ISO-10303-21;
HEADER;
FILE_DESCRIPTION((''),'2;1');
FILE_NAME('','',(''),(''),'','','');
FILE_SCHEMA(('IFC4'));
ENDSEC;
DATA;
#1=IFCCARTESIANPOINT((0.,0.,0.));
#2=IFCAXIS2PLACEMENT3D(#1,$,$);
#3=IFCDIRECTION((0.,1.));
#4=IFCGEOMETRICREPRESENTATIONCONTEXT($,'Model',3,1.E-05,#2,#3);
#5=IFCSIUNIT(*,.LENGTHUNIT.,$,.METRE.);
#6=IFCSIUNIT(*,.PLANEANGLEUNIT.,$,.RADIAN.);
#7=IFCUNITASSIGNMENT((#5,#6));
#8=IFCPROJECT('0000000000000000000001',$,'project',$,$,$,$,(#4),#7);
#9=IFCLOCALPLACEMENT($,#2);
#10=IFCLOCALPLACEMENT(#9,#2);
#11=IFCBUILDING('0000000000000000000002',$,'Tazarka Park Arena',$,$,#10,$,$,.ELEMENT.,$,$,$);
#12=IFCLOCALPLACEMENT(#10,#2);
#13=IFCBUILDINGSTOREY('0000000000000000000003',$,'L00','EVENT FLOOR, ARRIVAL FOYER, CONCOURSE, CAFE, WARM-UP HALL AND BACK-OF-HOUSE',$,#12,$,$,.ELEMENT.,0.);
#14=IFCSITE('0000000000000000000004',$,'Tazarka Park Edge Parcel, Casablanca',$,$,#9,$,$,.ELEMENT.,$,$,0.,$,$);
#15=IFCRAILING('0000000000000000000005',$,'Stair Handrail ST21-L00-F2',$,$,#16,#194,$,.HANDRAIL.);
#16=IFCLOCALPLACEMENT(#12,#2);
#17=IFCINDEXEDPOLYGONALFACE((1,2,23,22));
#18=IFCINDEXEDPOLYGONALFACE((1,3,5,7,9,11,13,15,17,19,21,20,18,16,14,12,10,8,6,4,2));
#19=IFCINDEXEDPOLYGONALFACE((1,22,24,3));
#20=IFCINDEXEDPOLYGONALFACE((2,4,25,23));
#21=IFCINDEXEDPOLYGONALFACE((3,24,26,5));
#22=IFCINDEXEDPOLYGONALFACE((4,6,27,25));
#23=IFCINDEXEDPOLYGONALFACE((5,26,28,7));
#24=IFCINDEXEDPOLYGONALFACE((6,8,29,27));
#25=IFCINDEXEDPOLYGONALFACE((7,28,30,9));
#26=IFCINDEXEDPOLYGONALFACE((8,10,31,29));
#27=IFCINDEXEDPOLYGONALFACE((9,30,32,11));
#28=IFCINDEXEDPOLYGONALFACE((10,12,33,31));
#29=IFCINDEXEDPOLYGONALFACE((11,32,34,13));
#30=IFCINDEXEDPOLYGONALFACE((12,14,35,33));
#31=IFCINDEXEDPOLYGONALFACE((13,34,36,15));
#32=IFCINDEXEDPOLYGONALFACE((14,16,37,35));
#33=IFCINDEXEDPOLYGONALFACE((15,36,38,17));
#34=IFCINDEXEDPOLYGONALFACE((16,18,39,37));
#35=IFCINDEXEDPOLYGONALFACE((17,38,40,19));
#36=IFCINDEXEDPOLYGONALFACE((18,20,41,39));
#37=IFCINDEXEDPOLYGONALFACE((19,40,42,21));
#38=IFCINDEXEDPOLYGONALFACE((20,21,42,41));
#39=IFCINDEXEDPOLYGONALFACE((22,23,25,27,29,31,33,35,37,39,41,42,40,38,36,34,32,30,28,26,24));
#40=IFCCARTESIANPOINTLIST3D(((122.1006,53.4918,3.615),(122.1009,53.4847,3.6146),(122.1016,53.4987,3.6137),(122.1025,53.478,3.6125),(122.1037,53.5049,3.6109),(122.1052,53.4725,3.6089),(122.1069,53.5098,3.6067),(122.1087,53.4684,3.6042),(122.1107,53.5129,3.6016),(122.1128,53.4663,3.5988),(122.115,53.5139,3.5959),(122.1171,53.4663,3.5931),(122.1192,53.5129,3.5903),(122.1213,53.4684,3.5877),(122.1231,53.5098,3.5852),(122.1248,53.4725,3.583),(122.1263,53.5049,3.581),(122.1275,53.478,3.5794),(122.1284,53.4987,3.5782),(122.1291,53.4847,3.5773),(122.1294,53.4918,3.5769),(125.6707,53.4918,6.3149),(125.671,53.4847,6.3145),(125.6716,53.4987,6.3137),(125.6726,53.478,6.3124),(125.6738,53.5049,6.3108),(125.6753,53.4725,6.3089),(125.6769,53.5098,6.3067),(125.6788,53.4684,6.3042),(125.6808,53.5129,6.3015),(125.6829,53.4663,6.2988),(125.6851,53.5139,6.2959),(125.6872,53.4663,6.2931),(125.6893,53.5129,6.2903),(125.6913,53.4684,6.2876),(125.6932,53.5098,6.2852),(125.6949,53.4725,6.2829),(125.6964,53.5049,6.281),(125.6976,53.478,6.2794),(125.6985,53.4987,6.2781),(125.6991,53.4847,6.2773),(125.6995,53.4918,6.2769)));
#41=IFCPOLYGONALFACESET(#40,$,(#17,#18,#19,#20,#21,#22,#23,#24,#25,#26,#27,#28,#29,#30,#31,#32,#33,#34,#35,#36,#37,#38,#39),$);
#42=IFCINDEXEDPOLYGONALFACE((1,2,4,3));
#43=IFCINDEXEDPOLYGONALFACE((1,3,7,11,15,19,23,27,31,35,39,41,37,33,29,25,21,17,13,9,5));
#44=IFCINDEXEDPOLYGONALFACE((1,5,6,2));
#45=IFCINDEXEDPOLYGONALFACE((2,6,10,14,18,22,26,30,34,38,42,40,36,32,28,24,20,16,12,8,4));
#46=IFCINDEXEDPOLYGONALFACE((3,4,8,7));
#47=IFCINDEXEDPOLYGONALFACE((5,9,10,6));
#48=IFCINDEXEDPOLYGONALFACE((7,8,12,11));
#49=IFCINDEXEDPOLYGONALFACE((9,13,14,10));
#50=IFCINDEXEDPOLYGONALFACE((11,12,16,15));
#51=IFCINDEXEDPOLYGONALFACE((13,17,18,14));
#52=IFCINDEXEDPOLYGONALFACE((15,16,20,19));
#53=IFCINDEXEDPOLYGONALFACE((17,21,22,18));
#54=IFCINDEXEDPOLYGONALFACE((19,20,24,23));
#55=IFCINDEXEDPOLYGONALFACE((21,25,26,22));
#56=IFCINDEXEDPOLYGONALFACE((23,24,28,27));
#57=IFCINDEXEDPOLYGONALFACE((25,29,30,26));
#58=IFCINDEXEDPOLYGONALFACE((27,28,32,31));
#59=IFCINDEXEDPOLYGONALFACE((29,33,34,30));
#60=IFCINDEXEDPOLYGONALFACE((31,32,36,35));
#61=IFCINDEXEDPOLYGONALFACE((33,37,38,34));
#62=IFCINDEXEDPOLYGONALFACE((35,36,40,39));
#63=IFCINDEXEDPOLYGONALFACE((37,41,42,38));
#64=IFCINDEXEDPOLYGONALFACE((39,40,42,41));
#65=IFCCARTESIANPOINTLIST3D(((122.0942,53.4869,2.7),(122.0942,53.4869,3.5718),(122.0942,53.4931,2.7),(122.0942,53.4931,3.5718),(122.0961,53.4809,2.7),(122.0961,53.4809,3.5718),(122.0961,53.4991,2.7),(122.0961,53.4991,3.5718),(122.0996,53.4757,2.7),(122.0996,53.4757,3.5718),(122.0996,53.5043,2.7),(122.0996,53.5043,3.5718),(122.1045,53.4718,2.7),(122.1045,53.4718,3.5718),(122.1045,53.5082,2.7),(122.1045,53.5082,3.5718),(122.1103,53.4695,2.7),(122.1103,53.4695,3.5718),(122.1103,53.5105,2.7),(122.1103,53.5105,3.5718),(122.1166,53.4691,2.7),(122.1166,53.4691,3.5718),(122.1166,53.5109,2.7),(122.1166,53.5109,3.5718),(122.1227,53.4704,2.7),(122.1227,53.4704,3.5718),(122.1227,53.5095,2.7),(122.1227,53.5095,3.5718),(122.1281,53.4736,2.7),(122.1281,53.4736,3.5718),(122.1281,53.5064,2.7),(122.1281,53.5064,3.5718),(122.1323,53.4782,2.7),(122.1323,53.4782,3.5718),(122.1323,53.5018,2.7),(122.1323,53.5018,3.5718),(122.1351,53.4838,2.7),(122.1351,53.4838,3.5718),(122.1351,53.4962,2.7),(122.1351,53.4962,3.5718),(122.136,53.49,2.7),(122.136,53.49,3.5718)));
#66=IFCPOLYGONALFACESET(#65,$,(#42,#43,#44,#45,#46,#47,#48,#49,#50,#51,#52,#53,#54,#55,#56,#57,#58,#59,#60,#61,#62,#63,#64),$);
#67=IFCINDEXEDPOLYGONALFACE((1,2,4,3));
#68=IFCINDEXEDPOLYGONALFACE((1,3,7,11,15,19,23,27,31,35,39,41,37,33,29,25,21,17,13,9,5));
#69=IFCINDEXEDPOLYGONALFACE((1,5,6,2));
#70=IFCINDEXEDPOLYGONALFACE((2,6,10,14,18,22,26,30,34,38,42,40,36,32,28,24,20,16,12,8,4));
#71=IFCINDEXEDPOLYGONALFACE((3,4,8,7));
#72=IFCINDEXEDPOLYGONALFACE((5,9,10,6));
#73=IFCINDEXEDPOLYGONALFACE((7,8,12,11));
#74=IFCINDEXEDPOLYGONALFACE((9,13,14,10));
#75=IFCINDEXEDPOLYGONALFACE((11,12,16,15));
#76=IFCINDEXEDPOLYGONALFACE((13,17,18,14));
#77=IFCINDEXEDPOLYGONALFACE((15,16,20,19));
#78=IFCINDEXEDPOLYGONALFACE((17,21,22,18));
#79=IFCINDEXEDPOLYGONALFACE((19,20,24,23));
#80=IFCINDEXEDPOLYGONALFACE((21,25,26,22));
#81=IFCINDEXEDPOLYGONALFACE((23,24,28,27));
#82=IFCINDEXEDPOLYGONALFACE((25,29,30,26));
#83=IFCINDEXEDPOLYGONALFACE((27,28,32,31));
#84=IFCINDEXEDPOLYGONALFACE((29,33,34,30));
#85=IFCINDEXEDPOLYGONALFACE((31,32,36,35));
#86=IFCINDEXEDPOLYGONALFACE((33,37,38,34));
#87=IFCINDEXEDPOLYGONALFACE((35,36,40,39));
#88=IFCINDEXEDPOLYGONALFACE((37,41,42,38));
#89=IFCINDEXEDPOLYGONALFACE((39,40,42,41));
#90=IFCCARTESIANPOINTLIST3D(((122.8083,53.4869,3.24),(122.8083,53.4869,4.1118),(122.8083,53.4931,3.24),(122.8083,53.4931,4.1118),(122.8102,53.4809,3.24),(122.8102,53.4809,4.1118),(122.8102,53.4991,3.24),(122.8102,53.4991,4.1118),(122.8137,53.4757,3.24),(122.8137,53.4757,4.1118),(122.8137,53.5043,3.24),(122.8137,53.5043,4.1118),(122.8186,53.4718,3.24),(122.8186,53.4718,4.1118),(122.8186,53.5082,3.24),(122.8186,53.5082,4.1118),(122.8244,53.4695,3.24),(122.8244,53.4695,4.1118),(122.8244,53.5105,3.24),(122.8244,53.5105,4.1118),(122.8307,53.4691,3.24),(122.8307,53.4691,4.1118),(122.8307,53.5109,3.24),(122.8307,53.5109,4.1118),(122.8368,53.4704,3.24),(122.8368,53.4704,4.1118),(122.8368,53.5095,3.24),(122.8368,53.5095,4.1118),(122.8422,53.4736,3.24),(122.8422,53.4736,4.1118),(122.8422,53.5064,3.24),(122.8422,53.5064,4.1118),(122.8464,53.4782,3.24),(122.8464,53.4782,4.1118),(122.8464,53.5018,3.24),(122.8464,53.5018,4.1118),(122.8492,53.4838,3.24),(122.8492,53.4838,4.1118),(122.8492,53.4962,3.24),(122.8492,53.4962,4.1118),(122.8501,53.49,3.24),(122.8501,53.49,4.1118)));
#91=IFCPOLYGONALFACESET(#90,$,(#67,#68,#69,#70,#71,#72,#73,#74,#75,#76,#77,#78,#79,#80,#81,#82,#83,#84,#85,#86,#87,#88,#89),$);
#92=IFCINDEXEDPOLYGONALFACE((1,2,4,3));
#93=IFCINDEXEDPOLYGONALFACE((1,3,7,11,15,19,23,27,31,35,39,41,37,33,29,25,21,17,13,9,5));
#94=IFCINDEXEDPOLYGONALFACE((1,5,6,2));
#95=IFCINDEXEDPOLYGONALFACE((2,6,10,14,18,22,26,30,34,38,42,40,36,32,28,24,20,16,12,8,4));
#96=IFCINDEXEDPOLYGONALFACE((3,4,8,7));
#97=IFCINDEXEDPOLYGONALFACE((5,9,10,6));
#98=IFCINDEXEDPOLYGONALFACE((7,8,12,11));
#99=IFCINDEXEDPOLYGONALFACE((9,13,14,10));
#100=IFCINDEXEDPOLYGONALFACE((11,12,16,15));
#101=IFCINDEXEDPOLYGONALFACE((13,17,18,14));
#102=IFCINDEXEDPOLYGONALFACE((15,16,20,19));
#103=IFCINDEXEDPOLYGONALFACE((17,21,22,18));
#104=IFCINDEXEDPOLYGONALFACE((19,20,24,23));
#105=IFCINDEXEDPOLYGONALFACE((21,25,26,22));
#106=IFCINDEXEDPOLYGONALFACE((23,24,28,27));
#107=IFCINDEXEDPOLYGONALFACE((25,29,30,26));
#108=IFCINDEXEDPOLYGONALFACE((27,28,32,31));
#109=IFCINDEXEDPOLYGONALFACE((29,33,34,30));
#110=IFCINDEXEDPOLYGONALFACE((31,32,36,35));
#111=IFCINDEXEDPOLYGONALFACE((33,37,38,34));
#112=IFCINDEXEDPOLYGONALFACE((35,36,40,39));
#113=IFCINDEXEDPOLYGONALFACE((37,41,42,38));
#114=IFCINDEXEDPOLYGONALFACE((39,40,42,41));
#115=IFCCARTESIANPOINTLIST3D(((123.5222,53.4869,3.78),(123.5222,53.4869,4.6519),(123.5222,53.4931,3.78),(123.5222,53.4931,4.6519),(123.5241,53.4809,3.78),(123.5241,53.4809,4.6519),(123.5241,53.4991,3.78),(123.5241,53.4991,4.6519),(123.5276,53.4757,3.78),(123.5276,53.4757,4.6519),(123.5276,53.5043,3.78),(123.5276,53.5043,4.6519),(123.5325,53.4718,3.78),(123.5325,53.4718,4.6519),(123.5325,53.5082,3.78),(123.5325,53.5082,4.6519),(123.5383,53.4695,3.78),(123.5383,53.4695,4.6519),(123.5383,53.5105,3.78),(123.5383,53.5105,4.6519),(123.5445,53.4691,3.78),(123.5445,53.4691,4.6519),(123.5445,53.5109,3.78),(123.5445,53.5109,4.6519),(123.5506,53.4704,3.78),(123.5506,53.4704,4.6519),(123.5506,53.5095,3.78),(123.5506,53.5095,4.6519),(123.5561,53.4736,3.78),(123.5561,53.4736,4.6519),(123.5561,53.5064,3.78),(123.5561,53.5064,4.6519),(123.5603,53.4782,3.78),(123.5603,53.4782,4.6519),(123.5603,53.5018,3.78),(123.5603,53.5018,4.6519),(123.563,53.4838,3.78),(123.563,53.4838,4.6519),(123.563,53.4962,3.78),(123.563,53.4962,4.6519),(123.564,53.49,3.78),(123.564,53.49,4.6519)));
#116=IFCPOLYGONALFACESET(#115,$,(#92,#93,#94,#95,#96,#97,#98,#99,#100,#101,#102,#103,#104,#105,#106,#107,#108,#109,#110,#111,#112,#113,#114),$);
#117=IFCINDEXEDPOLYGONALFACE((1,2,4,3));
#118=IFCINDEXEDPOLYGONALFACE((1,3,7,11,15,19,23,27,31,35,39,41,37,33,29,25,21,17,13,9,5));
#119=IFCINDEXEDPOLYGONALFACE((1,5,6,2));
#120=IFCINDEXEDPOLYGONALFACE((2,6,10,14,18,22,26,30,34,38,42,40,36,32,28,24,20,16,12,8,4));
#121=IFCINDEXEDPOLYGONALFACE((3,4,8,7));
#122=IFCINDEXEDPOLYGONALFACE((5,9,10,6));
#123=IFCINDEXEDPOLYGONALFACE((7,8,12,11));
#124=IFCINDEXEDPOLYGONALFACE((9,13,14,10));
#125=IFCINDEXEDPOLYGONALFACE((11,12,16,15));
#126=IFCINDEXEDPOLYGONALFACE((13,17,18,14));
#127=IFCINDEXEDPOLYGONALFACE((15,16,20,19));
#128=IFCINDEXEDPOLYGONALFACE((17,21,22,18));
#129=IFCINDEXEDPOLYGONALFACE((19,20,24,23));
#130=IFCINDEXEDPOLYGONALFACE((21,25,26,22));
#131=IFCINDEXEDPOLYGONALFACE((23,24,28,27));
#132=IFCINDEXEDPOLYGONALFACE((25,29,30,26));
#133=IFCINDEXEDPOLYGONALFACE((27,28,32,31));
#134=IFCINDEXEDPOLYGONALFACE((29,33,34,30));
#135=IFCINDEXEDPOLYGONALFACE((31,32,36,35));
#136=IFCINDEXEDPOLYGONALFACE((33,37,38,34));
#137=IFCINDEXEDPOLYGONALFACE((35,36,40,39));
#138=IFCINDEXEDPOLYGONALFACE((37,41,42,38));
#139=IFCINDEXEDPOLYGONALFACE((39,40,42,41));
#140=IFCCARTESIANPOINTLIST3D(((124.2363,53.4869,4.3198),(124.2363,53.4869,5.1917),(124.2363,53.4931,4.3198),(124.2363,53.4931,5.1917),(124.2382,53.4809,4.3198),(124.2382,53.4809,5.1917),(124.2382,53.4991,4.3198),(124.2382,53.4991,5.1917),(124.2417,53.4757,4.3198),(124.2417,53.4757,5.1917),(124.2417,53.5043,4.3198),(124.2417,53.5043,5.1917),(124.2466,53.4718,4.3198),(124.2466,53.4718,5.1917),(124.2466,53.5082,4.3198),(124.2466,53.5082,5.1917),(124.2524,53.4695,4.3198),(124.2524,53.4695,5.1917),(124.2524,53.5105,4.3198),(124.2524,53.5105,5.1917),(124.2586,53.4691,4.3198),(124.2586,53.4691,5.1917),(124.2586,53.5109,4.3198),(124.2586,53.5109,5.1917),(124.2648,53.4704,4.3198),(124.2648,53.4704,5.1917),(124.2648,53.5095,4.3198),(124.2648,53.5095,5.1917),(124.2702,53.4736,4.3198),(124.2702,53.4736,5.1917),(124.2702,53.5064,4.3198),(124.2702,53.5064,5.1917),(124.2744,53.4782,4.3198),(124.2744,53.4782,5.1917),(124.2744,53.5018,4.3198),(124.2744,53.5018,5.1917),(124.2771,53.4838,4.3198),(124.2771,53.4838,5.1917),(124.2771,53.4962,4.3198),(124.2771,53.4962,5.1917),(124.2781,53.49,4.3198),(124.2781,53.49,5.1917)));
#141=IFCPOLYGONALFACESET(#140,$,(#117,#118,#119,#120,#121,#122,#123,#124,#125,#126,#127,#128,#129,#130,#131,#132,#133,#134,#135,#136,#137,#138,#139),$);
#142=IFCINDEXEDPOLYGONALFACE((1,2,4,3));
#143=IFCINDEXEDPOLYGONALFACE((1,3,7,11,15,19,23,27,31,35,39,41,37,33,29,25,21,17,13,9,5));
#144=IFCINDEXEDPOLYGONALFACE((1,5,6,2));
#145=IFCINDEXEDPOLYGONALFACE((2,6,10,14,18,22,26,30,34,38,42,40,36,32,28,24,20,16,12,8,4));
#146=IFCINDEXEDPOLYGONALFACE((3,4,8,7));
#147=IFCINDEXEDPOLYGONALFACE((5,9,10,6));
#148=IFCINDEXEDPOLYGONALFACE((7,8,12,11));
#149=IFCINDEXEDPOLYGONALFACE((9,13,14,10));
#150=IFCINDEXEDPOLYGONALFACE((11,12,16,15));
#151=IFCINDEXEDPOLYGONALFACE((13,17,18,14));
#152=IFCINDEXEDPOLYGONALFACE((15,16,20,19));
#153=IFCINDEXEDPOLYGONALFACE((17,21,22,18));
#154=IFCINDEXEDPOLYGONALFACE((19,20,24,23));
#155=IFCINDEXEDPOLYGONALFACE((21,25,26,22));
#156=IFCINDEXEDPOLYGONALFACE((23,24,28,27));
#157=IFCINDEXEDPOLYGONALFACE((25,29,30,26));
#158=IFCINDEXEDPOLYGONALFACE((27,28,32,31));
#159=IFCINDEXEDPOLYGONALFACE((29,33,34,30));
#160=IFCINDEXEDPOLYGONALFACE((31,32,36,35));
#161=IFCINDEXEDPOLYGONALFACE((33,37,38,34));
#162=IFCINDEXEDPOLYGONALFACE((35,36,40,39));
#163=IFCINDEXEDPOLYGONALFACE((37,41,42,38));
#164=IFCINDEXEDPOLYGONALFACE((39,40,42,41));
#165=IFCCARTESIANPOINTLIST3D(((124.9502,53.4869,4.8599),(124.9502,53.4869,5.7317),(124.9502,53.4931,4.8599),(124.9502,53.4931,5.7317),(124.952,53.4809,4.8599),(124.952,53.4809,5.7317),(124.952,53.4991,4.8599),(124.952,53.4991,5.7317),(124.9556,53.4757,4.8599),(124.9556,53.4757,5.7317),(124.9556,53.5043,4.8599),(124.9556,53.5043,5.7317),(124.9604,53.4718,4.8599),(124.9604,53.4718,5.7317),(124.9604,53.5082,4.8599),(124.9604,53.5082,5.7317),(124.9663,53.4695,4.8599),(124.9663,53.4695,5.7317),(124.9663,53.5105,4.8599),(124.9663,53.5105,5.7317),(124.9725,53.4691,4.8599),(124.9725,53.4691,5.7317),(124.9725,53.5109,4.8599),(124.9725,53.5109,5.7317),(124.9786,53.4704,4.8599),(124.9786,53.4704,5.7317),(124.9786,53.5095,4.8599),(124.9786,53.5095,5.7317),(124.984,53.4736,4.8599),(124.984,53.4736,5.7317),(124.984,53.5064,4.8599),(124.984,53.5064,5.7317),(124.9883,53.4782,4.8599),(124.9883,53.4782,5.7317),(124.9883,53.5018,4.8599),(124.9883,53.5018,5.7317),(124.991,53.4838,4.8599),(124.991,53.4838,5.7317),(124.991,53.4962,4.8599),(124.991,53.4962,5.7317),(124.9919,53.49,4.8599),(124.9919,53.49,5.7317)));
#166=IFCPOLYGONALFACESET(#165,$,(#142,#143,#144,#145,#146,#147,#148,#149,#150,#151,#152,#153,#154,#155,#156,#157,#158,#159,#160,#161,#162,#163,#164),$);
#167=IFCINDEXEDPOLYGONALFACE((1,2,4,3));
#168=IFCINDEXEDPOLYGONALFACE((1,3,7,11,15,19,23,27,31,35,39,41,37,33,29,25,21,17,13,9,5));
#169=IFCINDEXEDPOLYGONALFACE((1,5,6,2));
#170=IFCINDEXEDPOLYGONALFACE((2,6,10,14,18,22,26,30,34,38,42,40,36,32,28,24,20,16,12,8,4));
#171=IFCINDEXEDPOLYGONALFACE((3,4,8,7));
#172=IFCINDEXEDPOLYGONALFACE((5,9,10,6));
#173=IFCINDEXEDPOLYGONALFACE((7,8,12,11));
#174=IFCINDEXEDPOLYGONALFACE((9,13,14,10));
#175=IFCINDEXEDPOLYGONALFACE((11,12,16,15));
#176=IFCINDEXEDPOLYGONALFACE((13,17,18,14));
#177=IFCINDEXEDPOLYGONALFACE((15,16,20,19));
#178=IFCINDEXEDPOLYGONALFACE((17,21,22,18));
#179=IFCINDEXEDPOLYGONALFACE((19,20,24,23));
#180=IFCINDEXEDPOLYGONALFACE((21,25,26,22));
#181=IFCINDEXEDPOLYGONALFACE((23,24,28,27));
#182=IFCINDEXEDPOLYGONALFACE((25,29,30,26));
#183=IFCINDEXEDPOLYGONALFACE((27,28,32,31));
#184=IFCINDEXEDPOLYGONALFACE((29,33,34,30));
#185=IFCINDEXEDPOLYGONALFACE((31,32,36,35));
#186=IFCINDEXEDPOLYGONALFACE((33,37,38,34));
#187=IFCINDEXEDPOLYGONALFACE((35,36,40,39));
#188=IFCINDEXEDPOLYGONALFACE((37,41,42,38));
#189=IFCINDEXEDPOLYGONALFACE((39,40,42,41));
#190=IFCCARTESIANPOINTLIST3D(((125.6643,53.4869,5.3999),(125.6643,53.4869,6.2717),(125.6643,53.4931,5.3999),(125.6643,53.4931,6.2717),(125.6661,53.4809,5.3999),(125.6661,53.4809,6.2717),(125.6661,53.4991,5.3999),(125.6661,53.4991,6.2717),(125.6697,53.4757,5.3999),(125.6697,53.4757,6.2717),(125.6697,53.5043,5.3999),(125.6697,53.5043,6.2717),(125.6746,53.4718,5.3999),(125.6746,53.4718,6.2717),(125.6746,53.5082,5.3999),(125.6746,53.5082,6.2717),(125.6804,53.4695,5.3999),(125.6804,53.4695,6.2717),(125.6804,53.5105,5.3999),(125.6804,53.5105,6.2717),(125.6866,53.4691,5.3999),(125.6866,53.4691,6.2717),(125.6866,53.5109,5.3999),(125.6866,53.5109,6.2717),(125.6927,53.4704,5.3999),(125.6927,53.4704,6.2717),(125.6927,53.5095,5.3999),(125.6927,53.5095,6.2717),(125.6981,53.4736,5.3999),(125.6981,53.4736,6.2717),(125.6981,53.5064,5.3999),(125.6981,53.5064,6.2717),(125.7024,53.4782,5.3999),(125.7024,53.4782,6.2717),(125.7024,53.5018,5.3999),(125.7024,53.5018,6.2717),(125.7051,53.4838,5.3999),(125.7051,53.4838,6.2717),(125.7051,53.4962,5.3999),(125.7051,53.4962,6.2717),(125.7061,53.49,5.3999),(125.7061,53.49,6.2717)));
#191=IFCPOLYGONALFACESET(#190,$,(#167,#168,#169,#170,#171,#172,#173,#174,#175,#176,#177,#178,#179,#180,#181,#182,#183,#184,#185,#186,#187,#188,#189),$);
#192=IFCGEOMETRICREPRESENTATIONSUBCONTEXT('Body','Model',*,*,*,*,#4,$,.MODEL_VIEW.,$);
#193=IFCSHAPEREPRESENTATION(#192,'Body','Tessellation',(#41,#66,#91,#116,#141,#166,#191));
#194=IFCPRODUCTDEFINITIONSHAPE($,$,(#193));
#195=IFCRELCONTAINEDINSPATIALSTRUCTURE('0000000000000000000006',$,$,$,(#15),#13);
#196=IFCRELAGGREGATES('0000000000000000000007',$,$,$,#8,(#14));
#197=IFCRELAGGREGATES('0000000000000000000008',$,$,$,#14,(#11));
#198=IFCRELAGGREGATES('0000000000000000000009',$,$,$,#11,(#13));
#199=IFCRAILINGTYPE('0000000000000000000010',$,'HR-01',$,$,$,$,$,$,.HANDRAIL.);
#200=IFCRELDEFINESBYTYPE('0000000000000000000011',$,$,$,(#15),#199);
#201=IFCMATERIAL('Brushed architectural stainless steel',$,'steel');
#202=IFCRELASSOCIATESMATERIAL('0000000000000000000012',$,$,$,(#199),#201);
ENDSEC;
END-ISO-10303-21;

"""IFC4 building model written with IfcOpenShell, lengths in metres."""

from ifc_helpers import new_model, si_unit, direction, frame, origin, origin_2d, place, context, subcontext, project, spatial, circle, extrude, material, type_object, element, save


model = new_model("IFC4")

# Units and contexts
model_context = context("Model", 3, precision=1e-05, world=origin(), true_north=direction((0.0, 1.0)))
body_context = subcontext(model_context, "Body", "Model", "MODEL_VIEW")
ifc_project = project(units=[si_unit("LENGTHUNIT", "METRE"), si_unit("PLANEANGLEUNIT", "RADIAN")], contexts=[model_context])

# Site, building, storey
site_placement = place(None, origin())
site = spatial("IfcSite", under=ifc_project, at=site_placement, Name="Tazarka Park Edge Parcel, Casablanca", CompositionType="ELEMENT", RefElevation=0.0)
building_placement = place(site_placement, origin())
building = spatial("IfcBuilding", under=site, at=building_placement, Name="Tazarka Park Arena", CompositionType="ELEMENT")
storey_placement = place(building_placement, origin())
storey = spatial("IfcBuildingStorey", under=building, at=storey_placement, Name="L00", Description="EVENT FLOOR, ARRIVAL FOYER, CONCOURSE, CAFE, WARM-UP HALL AND BACK-OF-HOUSE", CompositionType="ELEMENT", Elevation=0.0)

# Railing
ifc_material_1 = material(Name="Brushed architectural stainless steel", Category="steel")
railing_type_1 = type_object("IfcRailingType", Name="HR-01", PredefinedType="HANDRAIL", material=ifc_material_1)
railing_1_placement = place(storey_placement, frame((122.115, 53.49, 2.7)))
element("IfcRailing", 1, at=railing_1_placement, inside=storey, type_object=railing_type_1, Name="Stair Handrail ST21-L00-F2", PredefinedType="HANDRAIL", context=body_context, shape_type="SweptSolid", body=[
    extrude(circle(Radius=0.0239, at=origin_2d()), frame((0.0, 0.0, 0.896), z_axis=(0.797591, 0.0, 0.603198), x_axis=(0.0, 1.0, 0.0)), (0.0, 0.0, 1.0), 4.4761),
    extrude(circle(Radius=0.021, at=origin_2d()), origin(), (0.0, 0.0, 1.0), 0.8718),
    extrude(circle(Radius=0.021, at=origin_2d()), frame((0.7141, 0.0, 0.54)), (0.0, 0.0, 1.0), 0.8718),
    extrude(circle(Radius=0.021, at=origin_2d()), frame((1.428, 0.0, 1.0801)), (0.0, 0.0, 1.0), 0.8718),
    extrude(circle(Radius=0.021, at=origin_2d()), frame((2.1421, 0.0, 1.6199)), (0.0, 0.0, 1.0), 0.8718),
    extrude(circle(Radius=0.021, at=origin_2d()), frame((2.856, 0.0, 2.1599)), (0.0, 0.0, 1.0), 0.8718),
    extrude(circle(Radius=0.021, at=origin_2d()), frame((3.5701, 0.0, 2.7)), (0.0, 0.0, 1.0), 0.8718),
])

save(model, "model.ifc")
